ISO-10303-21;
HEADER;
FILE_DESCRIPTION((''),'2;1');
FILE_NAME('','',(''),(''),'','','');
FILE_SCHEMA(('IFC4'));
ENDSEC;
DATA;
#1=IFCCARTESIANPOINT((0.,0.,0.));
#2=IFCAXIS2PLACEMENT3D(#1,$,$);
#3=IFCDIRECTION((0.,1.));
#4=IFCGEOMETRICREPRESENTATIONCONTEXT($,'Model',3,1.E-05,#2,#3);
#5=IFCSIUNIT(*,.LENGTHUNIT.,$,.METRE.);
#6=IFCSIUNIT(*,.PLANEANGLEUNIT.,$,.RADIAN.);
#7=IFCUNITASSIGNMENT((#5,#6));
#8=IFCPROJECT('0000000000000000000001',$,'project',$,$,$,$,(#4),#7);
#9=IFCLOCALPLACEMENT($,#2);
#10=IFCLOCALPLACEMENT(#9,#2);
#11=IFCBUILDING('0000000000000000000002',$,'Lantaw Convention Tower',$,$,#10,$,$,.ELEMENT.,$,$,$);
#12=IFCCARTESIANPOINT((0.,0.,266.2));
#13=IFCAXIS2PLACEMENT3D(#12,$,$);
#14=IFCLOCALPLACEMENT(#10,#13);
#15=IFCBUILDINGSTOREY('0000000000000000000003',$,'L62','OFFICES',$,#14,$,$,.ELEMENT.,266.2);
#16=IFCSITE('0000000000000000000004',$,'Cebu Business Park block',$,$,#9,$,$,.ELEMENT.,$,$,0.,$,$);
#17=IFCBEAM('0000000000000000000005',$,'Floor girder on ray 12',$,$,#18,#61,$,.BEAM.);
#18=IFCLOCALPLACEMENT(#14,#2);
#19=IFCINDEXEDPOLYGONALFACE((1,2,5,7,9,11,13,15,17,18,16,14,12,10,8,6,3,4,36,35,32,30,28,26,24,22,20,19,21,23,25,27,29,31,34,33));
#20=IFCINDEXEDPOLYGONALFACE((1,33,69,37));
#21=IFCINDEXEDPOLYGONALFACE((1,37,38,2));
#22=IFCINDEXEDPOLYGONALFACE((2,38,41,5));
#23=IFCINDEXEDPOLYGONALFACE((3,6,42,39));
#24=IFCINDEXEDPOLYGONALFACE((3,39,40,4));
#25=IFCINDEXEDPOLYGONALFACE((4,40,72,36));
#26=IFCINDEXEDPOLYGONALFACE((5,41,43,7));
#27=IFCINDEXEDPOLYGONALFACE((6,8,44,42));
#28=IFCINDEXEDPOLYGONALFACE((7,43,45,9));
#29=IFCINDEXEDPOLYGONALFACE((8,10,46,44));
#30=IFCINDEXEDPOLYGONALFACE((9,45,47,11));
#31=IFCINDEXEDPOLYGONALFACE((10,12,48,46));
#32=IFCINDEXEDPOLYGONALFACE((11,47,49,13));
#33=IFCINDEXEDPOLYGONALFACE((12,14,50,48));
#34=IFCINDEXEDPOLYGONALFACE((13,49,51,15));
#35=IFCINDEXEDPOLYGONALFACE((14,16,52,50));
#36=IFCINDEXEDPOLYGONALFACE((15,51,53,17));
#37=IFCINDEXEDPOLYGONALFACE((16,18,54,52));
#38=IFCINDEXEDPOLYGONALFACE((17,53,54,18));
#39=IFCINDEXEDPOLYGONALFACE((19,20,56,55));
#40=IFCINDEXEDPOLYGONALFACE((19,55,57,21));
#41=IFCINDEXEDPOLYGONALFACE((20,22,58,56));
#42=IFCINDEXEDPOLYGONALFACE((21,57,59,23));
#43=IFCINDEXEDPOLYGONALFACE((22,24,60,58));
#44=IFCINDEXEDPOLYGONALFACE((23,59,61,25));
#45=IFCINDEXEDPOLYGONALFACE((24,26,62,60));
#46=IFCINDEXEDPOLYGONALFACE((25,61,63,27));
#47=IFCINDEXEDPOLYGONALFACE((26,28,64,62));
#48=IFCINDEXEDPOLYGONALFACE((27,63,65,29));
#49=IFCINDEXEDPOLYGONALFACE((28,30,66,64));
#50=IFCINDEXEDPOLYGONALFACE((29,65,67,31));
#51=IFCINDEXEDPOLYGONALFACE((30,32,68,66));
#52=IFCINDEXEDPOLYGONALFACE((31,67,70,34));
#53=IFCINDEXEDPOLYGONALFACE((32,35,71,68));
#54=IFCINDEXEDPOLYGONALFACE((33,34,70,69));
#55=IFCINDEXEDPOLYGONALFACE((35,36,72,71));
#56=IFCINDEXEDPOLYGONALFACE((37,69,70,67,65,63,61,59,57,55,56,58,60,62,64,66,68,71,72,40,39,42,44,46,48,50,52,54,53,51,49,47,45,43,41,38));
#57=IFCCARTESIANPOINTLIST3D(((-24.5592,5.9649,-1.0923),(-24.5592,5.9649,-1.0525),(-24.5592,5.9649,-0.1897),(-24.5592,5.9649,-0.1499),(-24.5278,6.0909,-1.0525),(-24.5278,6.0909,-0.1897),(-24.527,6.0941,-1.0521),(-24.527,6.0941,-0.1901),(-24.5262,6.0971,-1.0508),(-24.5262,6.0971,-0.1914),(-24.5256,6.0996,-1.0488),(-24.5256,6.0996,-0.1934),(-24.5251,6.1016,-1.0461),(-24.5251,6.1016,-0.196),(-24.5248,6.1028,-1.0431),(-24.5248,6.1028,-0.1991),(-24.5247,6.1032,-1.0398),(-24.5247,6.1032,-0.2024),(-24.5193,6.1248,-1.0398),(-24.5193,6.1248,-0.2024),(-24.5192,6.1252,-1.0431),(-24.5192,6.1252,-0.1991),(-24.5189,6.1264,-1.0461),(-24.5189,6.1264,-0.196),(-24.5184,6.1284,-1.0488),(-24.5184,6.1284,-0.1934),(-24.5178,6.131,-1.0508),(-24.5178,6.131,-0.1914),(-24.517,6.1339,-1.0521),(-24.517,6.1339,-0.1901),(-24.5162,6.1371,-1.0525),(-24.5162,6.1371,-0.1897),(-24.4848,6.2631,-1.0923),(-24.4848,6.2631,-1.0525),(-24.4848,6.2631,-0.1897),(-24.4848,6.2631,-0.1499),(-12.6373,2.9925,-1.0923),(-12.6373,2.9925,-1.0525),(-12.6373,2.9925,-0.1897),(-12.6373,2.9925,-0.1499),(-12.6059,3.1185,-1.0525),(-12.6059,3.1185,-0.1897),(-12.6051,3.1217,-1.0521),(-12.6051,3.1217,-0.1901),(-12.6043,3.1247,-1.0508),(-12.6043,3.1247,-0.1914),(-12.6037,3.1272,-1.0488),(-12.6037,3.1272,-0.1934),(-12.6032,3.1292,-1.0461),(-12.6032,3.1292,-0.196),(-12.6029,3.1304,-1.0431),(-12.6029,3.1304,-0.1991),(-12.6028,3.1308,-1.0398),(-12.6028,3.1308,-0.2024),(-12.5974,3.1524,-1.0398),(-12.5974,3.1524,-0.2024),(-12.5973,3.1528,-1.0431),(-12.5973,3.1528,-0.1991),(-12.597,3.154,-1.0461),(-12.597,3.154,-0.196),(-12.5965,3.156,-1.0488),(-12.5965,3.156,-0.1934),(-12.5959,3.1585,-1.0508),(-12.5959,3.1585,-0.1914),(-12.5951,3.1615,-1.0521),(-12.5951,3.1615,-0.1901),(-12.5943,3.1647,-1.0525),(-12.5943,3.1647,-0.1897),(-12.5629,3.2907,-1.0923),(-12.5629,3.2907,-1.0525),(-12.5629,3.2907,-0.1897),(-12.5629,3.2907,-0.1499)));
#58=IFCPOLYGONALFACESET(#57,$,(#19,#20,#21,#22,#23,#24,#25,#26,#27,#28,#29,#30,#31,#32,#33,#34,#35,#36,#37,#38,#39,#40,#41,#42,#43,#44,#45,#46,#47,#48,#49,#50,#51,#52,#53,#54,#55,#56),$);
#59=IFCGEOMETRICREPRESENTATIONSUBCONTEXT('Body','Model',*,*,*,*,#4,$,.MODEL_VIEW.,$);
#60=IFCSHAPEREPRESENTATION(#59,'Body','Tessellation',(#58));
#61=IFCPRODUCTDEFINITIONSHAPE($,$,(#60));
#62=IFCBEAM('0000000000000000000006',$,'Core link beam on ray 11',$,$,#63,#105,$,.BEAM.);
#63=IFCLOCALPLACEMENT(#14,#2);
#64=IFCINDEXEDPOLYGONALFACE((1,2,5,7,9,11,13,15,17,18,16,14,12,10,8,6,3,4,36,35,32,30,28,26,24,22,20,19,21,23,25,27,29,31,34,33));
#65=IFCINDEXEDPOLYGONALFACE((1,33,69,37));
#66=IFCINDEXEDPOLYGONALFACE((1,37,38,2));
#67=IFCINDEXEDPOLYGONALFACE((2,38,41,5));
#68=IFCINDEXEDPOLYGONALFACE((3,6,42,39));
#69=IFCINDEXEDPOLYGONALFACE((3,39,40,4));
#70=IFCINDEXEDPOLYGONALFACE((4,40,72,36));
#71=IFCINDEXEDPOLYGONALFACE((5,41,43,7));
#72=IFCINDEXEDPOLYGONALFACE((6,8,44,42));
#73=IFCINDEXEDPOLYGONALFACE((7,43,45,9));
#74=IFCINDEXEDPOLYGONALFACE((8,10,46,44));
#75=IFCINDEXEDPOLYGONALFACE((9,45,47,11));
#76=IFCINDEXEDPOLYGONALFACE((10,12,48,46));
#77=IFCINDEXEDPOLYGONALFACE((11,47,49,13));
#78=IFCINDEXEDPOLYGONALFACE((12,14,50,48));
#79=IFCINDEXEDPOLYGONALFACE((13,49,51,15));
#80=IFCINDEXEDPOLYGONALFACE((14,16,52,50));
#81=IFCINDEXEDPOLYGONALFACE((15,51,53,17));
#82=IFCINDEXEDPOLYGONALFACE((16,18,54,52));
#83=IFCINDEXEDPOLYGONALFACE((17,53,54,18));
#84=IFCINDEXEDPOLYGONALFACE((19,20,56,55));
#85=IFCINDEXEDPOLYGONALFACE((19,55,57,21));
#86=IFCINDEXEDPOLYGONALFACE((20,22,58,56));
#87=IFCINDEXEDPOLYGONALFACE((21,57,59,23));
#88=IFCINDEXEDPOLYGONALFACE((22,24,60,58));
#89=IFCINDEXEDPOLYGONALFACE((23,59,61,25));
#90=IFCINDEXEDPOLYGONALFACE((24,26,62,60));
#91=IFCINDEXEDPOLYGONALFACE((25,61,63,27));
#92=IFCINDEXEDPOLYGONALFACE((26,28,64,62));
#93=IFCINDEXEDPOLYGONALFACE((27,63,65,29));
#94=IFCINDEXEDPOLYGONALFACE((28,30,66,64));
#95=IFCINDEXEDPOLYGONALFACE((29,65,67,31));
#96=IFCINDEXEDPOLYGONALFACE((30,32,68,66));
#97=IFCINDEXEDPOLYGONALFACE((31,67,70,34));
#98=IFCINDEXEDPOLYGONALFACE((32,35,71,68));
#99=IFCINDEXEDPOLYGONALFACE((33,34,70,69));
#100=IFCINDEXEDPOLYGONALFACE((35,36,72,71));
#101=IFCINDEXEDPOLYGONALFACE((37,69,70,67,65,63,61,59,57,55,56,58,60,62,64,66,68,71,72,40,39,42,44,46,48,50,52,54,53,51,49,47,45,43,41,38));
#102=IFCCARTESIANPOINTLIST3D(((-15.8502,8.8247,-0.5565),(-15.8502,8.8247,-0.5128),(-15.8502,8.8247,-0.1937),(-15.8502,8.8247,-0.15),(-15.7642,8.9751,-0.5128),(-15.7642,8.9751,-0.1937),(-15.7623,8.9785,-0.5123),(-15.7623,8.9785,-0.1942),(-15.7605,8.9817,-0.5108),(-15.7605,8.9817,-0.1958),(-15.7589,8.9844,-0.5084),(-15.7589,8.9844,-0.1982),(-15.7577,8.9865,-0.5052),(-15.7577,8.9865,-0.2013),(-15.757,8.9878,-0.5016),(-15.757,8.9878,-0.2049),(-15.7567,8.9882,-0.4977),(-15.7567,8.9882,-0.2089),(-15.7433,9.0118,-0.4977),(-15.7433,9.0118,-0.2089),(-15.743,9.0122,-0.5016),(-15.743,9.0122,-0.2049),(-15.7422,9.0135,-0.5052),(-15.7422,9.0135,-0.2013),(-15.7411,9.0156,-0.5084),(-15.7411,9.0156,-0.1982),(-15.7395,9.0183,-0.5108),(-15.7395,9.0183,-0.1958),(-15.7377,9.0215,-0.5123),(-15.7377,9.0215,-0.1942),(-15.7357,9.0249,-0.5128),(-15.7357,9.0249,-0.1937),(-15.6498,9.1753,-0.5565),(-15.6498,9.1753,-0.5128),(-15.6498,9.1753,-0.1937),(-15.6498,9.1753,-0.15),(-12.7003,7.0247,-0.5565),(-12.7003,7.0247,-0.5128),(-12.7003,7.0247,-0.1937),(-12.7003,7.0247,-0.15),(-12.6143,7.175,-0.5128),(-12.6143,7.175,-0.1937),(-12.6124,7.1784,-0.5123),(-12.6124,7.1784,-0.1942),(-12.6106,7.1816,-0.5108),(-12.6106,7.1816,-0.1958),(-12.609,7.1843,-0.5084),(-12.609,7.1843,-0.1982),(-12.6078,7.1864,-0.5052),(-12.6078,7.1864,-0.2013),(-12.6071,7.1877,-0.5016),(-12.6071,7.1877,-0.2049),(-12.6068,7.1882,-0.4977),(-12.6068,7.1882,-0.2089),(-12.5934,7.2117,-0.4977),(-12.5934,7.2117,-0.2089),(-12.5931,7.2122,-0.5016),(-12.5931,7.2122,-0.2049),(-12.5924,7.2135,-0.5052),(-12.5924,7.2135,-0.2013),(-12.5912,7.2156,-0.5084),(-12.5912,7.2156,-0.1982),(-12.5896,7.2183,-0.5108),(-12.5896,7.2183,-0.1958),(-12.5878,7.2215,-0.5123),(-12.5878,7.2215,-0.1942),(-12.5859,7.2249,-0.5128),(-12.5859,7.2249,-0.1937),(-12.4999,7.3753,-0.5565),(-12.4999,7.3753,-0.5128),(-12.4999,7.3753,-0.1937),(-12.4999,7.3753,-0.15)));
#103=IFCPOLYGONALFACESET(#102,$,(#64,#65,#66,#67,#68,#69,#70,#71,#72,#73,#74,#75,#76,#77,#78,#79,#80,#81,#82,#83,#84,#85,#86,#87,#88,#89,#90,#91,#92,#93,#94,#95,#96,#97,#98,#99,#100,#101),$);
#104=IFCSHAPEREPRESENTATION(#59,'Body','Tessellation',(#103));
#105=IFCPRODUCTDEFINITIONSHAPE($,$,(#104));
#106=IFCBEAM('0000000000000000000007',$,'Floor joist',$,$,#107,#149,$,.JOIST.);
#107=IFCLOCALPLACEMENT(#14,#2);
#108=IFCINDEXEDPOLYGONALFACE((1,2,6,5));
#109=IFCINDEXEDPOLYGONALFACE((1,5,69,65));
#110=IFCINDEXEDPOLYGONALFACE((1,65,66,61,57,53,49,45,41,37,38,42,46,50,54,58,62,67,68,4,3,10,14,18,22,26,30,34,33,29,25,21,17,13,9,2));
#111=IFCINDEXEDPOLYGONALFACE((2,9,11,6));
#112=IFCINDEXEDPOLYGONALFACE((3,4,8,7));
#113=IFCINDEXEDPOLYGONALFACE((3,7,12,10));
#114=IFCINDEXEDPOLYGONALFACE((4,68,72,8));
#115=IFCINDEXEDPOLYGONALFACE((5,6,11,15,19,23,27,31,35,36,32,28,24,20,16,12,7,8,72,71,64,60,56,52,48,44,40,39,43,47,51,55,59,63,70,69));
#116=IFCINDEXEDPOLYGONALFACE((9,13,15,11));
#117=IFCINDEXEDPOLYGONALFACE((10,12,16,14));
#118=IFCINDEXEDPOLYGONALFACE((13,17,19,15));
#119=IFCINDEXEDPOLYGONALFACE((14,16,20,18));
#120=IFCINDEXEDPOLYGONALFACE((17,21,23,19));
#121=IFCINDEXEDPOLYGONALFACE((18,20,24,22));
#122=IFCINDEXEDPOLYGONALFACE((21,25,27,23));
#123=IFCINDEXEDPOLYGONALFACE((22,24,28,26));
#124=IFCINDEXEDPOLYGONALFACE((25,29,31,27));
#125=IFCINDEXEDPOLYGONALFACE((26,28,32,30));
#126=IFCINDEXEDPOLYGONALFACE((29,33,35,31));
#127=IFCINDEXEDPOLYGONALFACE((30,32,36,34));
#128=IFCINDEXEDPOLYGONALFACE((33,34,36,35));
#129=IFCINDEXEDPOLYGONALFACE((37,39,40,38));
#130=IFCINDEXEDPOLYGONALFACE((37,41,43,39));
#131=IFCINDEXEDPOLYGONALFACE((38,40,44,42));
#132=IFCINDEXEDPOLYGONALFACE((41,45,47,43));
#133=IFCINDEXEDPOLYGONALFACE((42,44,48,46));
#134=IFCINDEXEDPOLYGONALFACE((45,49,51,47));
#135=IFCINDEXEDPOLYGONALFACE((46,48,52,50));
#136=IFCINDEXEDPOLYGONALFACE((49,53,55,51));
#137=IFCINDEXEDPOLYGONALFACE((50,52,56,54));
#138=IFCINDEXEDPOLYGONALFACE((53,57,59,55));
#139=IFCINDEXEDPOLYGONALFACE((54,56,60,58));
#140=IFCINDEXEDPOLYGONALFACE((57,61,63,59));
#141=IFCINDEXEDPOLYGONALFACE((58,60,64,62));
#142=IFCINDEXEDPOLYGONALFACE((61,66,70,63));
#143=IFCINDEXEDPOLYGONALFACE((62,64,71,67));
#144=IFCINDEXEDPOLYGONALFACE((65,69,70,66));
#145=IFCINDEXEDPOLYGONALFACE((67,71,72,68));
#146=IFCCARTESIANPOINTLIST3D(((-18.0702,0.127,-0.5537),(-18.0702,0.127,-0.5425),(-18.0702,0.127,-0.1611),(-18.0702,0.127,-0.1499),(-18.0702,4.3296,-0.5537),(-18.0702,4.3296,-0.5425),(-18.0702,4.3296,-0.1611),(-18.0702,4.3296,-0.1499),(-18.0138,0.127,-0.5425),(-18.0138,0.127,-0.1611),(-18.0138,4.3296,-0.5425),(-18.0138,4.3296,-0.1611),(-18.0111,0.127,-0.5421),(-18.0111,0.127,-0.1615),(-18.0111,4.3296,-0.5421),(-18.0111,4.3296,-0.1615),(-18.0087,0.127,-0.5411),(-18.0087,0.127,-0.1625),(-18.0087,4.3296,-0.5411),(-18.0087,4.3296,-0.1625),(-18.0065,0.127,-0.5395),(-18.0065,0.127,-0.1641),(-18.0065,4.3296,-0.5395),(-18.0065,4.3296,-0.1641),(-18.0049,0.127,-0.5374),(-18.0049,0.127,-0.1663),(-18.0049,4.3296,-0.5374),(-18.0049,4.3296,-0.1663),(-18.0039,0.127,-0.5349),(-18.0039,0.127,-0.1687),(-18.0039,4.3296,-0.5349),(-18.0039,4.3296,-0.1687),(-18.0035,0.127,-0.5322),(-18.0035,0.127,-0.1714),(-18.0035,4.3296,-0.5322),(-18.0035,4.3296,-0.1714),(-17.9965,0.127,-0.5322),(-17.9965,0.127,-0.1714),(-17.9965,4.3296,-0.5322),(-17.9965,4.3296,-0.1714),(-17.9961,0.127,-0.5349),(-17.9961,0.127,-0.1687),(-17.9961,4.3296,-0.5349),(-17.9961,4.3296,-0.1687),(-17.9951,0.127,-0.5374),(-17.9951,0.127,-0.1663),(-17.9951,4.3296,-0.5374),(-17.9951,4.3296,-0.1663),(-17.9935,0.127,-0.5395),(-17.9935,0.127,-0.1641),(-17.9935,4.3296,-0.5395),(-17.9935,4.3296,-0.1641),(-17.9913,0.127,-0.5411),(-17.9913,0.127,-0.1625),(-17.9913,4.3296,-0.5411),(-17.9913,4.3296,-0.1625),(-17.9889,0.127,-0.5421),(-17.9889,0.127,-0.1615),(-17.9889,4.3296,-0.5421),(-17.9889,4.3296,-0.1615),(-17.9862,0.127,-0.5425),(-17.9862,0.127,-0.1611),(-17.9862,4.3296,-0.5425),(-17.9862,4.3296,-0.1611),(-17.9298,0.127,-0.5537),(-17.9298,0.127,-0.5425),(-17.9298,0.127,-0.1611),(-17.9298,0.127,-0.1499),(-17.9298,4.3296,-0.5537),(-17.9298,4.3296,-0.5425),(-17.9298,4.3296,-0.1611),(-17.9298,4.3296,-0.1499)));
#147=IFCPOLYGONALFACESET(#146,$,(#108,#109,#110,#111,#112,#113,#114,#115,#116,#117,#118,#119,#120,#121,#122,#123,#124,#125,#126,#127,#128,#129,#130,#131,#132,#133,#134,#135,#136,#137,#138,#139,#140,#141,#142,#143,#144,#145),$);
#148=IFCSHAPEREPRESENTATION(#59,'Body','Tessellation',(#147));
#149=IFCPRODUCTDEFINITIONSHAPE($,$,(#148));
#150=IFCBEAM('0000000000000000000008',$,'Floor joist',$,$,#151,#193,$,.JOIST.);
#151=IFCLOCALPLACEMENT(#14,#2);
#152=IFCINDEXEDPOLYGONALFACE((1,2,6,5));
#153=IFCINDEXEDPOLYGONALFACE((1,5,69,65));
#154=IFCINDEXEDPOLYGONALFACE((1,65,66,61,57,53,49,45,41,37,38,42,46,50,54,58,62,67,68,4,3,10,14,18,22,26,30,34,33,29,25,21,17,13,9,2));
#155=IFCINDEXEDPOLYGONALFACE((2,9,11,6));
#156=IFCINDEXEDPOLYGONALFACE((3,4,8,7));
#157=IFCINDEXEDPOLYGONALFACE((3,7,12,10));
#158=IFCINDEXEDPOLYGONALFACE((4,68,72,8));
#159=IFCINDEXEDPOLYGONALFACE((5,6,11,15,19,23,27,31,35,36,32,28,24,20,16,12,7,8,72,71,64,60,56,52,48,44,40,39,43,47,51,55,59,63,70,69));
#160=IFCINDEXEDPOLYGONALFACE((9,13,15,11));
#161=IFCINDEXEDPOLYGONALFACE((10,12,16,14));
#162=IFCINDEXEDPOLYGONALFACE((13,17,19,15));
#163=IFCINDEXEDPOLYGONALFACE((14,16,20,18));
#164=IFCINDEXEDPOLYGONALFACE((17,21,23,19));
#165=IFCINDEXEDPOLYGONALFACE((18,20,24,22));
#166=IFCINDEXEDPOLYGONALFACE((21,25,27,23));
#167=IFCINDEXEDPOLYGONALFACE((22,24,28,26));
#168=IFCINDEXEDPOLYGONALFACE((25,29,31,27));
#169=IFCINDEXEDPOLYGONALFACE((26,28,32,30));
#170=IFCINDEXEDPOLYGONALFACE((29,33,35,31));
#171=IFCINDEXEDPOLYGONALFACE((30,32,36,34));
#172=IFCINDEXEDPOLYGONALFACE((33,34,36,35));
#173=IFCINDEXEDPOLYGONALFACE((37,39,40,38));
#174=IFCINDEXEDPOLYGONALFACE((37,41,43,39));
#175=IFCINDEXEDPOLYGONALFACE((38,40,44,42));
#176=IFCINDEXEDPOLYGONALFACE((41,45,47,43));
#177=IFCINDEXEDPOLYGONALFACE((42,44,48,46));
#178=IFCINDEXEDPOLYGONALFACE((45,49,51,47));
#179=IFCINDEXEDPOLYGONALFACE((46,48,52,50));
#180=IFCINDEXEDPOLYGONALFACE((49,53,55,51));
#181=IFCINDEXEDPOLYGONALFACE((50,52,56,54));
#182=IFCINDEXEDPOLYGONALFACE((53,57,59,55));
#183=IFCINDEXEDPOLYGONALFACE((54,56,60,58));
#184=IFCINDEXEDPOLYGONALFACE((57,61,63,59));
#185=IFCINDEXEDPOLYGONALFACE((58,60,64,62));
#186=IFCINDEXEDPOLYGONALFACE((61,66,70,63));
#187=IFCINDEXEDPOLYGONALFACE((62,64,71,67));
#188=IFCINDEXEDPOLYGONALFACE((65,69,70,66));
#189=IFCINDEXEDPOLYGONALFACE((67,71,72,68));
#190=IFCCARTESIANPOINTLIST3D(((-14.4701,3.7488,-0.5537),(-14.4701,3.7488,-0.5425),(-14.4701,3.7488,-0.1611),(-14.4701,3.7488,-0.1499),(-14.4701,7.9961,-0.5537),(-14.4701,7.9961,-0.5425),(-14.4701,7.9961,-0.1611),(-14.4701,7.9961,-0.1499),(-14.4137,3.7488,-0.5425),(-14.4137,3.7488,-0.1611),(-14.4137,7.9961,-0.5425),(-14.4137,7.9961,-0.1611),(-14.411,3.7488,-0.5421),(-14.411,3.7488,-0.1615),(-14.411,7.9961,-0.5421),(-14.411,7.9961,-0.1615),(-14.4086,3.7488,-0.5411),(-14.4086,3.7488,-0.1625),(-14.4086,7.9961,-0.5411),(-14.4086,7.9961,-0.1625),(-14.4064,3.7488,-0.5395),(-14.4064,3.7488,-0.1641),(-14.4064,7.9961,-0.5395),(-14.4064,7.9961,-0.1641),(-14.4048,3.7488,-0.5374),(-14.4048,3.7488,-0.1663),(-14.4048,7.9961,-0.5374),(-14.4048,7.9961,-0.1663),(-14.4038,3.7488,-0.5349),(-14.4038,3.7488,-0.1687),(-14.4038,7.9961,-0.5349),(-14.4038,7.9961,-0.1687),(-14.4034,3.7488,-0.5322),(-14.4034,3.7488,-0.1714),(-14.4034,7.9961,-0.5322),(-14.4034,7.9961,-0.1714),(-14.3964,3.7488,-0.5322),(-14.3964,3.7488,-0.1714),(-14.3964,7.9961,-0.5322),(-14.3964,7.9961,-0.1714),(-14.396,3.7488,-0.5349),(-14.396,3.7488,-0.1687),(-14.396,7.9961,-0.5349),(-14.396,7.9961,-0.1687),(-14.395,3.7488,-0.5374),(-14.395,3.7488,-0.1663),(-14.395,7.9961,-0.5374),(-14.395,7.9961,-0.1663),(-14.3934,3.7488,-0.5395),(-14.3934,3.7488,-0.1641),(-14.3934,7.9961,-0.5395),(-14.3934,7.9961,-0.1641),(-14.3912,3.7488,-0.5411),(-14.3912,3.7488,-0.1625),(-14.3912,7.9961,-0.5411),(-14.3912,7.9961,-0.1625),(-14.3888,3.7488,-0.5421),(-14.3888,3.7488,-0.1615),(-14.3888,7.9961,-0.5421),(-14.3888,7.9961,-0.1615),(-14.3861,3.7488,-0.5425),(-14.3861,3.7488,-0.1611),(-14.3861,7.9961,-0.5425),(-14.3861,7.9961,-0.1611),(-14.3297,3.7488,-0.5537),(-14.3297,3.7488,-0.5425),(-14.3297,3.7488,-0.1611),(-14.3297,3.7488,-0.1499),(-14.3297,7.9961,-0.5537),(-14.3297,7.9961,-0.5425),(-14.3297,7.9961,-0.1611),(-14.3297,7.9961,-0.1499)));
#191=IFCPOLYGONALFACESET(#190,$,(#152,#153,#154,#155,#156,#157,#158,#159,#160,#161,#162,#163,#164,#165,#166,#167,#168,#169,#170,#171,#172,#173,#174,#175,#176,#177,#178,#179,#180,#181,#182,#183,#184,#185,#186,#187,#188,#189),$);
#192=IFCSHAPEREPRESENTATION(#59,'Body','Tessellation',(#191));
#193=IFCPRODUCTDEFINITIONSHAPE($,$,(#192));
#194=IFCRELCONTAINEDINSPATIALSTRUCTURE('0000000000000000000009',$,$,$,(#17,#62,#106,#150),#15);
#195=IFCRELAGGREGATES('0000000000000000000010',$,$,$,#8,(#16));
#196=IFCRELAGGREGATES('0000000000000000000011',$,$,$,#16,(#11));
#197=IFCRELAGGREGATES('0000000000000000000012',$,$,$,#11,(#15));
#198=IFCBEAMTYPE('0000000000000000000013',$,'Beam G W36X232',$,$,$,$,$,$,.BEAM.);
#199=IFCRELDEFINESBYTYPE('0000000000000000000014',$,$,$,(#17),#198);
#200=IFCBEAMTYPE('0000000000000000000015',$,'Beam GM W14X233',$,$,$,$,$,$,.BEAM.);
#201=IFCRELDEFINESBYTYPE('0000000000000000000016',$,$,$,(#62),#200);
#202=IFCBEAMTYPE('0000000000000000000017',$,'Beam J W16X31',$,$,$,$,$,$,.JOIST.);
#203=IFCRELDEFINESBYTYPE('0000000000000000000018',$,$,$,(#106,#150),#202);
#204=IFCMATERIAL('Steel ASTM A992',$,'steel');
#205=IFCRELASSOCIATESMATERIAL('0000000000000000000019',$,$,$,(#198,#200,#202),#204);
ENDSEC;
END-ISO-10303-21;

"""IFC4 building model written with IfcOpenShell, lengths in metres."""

from ifc_helpers import new_model, si_unit, direction, frame, origin, origin_2d, place, context, subcontext, project, spatial, i_section, extrude, material, material_profile, profile_set, type_object, element, save


model = new_model("IFC4")

# Units and contexts
model_context = context("Model", 3, precision=1e-05, world=origin(), true_north=direction((0.0, 1.0)))
body_context = subcontext(model_context, "Body", "Model", "MODEL_VIEW")
ifc_project = project(units=[si_unit("LENGTHUNIT", "METRE"), si_unit("PLANEANGLEUNIT", "RADIAN")], contexts=[model_context])

# Site, building, storey
site_placement = place(None, origin())
site = spatial("IfcSite", under=ifc_project, at=site_placement, Name="Cebu Business Park block", CompositionType="ELEMENT", RefElevation=0.0)
building_placement = place(site_placement, origin())
building = spatial("IfcBuilding", under=site, at=building_placement, Name="Lantaw Convention Tower", CompositionType="ELEMENT")
storey_placement = place(building_placement, frame((0.0, 0.0, 266.2)))
storey = spatial("IfcBuildingStorey", under=building, at=storey_placement, Name="L62", Description="OFFICES", CompositionType="ELEMENT", Elevation=266.2)

# Beams
ifc_material_1 = material(Name="Steel ASTM A992", Category="steel")
ifc_material_profile_1 = material_profile(ifc_material_1, i_section(OverallWidth=0.3074, OverallDepth=0.9424, WebThickness=0.0222, FlangeThickness=0.0398, FilletRadius=0.0127, at=origin_2d()), Name="W36X232")
ifc_profile_set_1 = profile_set([ifc_material_profile_1], Name="Steel ASTM A992")
beam_type_1 = type_object("IfcBeamType", Name="Beam G W36X232", PredefinedType="BEAM", material=ifc_profile_set_1)
beam_1_placement = place(storey_placement, frame((-12.6001, 3.1416, -0.6211), z_axis=(-0.970297, 0.241918, 0.0), x_axis=(-0.241918, -0.970297, 0.0)))
element("IfcBeam", 1, at=beam_1_placement, inside=storey, type_object=beam_type_1, Name="Floor girder on ray 12", PredefinedType="BEAM", context=body_context, shape_type="SweptSolid", body=[
    extrude(i_section(OverallWidth=0.3074, OverallDepth=0.9424, WebThickness=0.0222, FlangeThickness=0.0398, FilletRadius=0.0127, at=origin_2d()), origin(), (0.0, 0.0, 1.0), 12.2869),
])
ifc_material_profile_2 = material_profile(ifc_material_1, i_section(OverallWidth=0.4038, OverallDepth=0.4065, WebThickness=0.0271, FlangeThickness=0.0437, FilletRadius=0.0151, at=origin_2d()), Name="W14X233")
ifc_profile_set_2 = profile_set([ifc_material_profile_2], Name="Steel ASTM A992")
beam_type_2 = type_object("IfcBeamType", Name="Beam GM W14X233", PredefinedType="BEAM", material=ifc_profile_set_2)
beam_2_placement = place(storey_placement, frame((-12.6001, 7.2, -0.3533), z_axis=(-0.868231, 0.496161, 0.0), x_axis=(-0.496161, -0.868231, 0.0)))
element("IfcBeam", 2, at=beam_2_placement, inside=storey, type_object=beam_type_2, Name="Core link beam on ray 11", PredefinedType="BEAM", context=body_context, shape_type="SweptSolid", body=[
    extrude(i_section(OverallWidth=0.4038, OverallDepth=0.4065, WebThickness=0.0271, FlangeThickness=0.0437, FilletRadius=0.0151, at=origin_2d()), origin(), (0.0, 0.0, 1.0), 3.6279),
])
ifc_material_profile_3 = material_profile(ifc_material_1, i_section(OverallWidth=0.1404, OverallDepth=0.4038, WebThickness=0.0071, FlangeThickness=0.0112, FilletRadius=0.0103, at=origin_2d()), Name="W16X31")
ifc_profile_set_3 = profile_set([ifc_material_profile_3], Name="Steel ASTM A992")
beam_type_3 = type_object("IfcBeamType", Name="Beam J W16X31", PredefinedType="JOIST", material=ifc_profile_set_3)
beam_3_placement = place(storey_placement, frame((-18.0, 0.127, -0.3518), z_axis=(0.0, 1.0, 0.0), x_axis=(-1.0, 0.0, 0.0)))
element("IfcBeam", 3, at=beam_3_placement, inside=storey, type_object=beam_type_3, Name="Floor joist", PredefinedType="JOIST", context=body_context, shape_type="SweptSolid", body=[
    extrude(i_section(OverallWidth=0.1404, OverallDepth=0.4038, WebThickness=0.0071, FlangeThickness=0.0112, FilletRadius=0.0103, at=origin_2d()), origin(), (0.0, 0.0, 1.0), 4.2026),
])
beam_4_placement = place(storey_placement, frame((-14.3999, 3.7488, -0.3518), z_axis=(0.0, 1.0, 0.0), x_axis=(-1.0, 0.0, 0.0)))
element("IfcBeam", 4, at=beam_4_placement, inside=storey, type_object=beam_type_3, Name="Floor joist", PredefinedType="JOIST", context=body_context, shape_type="SweptSolid", body=[
    extrude(i_section(OverallWidth=0.1404, OverallDepth=0.4038, WebThickness=0.0071, FlangeThickness=0.0112, FilletRadius=0.0103, at=origin_2d()), origin(), (0.0, 0.0, 1.0), 4.2473),
])

save(model, "model.ifc")
